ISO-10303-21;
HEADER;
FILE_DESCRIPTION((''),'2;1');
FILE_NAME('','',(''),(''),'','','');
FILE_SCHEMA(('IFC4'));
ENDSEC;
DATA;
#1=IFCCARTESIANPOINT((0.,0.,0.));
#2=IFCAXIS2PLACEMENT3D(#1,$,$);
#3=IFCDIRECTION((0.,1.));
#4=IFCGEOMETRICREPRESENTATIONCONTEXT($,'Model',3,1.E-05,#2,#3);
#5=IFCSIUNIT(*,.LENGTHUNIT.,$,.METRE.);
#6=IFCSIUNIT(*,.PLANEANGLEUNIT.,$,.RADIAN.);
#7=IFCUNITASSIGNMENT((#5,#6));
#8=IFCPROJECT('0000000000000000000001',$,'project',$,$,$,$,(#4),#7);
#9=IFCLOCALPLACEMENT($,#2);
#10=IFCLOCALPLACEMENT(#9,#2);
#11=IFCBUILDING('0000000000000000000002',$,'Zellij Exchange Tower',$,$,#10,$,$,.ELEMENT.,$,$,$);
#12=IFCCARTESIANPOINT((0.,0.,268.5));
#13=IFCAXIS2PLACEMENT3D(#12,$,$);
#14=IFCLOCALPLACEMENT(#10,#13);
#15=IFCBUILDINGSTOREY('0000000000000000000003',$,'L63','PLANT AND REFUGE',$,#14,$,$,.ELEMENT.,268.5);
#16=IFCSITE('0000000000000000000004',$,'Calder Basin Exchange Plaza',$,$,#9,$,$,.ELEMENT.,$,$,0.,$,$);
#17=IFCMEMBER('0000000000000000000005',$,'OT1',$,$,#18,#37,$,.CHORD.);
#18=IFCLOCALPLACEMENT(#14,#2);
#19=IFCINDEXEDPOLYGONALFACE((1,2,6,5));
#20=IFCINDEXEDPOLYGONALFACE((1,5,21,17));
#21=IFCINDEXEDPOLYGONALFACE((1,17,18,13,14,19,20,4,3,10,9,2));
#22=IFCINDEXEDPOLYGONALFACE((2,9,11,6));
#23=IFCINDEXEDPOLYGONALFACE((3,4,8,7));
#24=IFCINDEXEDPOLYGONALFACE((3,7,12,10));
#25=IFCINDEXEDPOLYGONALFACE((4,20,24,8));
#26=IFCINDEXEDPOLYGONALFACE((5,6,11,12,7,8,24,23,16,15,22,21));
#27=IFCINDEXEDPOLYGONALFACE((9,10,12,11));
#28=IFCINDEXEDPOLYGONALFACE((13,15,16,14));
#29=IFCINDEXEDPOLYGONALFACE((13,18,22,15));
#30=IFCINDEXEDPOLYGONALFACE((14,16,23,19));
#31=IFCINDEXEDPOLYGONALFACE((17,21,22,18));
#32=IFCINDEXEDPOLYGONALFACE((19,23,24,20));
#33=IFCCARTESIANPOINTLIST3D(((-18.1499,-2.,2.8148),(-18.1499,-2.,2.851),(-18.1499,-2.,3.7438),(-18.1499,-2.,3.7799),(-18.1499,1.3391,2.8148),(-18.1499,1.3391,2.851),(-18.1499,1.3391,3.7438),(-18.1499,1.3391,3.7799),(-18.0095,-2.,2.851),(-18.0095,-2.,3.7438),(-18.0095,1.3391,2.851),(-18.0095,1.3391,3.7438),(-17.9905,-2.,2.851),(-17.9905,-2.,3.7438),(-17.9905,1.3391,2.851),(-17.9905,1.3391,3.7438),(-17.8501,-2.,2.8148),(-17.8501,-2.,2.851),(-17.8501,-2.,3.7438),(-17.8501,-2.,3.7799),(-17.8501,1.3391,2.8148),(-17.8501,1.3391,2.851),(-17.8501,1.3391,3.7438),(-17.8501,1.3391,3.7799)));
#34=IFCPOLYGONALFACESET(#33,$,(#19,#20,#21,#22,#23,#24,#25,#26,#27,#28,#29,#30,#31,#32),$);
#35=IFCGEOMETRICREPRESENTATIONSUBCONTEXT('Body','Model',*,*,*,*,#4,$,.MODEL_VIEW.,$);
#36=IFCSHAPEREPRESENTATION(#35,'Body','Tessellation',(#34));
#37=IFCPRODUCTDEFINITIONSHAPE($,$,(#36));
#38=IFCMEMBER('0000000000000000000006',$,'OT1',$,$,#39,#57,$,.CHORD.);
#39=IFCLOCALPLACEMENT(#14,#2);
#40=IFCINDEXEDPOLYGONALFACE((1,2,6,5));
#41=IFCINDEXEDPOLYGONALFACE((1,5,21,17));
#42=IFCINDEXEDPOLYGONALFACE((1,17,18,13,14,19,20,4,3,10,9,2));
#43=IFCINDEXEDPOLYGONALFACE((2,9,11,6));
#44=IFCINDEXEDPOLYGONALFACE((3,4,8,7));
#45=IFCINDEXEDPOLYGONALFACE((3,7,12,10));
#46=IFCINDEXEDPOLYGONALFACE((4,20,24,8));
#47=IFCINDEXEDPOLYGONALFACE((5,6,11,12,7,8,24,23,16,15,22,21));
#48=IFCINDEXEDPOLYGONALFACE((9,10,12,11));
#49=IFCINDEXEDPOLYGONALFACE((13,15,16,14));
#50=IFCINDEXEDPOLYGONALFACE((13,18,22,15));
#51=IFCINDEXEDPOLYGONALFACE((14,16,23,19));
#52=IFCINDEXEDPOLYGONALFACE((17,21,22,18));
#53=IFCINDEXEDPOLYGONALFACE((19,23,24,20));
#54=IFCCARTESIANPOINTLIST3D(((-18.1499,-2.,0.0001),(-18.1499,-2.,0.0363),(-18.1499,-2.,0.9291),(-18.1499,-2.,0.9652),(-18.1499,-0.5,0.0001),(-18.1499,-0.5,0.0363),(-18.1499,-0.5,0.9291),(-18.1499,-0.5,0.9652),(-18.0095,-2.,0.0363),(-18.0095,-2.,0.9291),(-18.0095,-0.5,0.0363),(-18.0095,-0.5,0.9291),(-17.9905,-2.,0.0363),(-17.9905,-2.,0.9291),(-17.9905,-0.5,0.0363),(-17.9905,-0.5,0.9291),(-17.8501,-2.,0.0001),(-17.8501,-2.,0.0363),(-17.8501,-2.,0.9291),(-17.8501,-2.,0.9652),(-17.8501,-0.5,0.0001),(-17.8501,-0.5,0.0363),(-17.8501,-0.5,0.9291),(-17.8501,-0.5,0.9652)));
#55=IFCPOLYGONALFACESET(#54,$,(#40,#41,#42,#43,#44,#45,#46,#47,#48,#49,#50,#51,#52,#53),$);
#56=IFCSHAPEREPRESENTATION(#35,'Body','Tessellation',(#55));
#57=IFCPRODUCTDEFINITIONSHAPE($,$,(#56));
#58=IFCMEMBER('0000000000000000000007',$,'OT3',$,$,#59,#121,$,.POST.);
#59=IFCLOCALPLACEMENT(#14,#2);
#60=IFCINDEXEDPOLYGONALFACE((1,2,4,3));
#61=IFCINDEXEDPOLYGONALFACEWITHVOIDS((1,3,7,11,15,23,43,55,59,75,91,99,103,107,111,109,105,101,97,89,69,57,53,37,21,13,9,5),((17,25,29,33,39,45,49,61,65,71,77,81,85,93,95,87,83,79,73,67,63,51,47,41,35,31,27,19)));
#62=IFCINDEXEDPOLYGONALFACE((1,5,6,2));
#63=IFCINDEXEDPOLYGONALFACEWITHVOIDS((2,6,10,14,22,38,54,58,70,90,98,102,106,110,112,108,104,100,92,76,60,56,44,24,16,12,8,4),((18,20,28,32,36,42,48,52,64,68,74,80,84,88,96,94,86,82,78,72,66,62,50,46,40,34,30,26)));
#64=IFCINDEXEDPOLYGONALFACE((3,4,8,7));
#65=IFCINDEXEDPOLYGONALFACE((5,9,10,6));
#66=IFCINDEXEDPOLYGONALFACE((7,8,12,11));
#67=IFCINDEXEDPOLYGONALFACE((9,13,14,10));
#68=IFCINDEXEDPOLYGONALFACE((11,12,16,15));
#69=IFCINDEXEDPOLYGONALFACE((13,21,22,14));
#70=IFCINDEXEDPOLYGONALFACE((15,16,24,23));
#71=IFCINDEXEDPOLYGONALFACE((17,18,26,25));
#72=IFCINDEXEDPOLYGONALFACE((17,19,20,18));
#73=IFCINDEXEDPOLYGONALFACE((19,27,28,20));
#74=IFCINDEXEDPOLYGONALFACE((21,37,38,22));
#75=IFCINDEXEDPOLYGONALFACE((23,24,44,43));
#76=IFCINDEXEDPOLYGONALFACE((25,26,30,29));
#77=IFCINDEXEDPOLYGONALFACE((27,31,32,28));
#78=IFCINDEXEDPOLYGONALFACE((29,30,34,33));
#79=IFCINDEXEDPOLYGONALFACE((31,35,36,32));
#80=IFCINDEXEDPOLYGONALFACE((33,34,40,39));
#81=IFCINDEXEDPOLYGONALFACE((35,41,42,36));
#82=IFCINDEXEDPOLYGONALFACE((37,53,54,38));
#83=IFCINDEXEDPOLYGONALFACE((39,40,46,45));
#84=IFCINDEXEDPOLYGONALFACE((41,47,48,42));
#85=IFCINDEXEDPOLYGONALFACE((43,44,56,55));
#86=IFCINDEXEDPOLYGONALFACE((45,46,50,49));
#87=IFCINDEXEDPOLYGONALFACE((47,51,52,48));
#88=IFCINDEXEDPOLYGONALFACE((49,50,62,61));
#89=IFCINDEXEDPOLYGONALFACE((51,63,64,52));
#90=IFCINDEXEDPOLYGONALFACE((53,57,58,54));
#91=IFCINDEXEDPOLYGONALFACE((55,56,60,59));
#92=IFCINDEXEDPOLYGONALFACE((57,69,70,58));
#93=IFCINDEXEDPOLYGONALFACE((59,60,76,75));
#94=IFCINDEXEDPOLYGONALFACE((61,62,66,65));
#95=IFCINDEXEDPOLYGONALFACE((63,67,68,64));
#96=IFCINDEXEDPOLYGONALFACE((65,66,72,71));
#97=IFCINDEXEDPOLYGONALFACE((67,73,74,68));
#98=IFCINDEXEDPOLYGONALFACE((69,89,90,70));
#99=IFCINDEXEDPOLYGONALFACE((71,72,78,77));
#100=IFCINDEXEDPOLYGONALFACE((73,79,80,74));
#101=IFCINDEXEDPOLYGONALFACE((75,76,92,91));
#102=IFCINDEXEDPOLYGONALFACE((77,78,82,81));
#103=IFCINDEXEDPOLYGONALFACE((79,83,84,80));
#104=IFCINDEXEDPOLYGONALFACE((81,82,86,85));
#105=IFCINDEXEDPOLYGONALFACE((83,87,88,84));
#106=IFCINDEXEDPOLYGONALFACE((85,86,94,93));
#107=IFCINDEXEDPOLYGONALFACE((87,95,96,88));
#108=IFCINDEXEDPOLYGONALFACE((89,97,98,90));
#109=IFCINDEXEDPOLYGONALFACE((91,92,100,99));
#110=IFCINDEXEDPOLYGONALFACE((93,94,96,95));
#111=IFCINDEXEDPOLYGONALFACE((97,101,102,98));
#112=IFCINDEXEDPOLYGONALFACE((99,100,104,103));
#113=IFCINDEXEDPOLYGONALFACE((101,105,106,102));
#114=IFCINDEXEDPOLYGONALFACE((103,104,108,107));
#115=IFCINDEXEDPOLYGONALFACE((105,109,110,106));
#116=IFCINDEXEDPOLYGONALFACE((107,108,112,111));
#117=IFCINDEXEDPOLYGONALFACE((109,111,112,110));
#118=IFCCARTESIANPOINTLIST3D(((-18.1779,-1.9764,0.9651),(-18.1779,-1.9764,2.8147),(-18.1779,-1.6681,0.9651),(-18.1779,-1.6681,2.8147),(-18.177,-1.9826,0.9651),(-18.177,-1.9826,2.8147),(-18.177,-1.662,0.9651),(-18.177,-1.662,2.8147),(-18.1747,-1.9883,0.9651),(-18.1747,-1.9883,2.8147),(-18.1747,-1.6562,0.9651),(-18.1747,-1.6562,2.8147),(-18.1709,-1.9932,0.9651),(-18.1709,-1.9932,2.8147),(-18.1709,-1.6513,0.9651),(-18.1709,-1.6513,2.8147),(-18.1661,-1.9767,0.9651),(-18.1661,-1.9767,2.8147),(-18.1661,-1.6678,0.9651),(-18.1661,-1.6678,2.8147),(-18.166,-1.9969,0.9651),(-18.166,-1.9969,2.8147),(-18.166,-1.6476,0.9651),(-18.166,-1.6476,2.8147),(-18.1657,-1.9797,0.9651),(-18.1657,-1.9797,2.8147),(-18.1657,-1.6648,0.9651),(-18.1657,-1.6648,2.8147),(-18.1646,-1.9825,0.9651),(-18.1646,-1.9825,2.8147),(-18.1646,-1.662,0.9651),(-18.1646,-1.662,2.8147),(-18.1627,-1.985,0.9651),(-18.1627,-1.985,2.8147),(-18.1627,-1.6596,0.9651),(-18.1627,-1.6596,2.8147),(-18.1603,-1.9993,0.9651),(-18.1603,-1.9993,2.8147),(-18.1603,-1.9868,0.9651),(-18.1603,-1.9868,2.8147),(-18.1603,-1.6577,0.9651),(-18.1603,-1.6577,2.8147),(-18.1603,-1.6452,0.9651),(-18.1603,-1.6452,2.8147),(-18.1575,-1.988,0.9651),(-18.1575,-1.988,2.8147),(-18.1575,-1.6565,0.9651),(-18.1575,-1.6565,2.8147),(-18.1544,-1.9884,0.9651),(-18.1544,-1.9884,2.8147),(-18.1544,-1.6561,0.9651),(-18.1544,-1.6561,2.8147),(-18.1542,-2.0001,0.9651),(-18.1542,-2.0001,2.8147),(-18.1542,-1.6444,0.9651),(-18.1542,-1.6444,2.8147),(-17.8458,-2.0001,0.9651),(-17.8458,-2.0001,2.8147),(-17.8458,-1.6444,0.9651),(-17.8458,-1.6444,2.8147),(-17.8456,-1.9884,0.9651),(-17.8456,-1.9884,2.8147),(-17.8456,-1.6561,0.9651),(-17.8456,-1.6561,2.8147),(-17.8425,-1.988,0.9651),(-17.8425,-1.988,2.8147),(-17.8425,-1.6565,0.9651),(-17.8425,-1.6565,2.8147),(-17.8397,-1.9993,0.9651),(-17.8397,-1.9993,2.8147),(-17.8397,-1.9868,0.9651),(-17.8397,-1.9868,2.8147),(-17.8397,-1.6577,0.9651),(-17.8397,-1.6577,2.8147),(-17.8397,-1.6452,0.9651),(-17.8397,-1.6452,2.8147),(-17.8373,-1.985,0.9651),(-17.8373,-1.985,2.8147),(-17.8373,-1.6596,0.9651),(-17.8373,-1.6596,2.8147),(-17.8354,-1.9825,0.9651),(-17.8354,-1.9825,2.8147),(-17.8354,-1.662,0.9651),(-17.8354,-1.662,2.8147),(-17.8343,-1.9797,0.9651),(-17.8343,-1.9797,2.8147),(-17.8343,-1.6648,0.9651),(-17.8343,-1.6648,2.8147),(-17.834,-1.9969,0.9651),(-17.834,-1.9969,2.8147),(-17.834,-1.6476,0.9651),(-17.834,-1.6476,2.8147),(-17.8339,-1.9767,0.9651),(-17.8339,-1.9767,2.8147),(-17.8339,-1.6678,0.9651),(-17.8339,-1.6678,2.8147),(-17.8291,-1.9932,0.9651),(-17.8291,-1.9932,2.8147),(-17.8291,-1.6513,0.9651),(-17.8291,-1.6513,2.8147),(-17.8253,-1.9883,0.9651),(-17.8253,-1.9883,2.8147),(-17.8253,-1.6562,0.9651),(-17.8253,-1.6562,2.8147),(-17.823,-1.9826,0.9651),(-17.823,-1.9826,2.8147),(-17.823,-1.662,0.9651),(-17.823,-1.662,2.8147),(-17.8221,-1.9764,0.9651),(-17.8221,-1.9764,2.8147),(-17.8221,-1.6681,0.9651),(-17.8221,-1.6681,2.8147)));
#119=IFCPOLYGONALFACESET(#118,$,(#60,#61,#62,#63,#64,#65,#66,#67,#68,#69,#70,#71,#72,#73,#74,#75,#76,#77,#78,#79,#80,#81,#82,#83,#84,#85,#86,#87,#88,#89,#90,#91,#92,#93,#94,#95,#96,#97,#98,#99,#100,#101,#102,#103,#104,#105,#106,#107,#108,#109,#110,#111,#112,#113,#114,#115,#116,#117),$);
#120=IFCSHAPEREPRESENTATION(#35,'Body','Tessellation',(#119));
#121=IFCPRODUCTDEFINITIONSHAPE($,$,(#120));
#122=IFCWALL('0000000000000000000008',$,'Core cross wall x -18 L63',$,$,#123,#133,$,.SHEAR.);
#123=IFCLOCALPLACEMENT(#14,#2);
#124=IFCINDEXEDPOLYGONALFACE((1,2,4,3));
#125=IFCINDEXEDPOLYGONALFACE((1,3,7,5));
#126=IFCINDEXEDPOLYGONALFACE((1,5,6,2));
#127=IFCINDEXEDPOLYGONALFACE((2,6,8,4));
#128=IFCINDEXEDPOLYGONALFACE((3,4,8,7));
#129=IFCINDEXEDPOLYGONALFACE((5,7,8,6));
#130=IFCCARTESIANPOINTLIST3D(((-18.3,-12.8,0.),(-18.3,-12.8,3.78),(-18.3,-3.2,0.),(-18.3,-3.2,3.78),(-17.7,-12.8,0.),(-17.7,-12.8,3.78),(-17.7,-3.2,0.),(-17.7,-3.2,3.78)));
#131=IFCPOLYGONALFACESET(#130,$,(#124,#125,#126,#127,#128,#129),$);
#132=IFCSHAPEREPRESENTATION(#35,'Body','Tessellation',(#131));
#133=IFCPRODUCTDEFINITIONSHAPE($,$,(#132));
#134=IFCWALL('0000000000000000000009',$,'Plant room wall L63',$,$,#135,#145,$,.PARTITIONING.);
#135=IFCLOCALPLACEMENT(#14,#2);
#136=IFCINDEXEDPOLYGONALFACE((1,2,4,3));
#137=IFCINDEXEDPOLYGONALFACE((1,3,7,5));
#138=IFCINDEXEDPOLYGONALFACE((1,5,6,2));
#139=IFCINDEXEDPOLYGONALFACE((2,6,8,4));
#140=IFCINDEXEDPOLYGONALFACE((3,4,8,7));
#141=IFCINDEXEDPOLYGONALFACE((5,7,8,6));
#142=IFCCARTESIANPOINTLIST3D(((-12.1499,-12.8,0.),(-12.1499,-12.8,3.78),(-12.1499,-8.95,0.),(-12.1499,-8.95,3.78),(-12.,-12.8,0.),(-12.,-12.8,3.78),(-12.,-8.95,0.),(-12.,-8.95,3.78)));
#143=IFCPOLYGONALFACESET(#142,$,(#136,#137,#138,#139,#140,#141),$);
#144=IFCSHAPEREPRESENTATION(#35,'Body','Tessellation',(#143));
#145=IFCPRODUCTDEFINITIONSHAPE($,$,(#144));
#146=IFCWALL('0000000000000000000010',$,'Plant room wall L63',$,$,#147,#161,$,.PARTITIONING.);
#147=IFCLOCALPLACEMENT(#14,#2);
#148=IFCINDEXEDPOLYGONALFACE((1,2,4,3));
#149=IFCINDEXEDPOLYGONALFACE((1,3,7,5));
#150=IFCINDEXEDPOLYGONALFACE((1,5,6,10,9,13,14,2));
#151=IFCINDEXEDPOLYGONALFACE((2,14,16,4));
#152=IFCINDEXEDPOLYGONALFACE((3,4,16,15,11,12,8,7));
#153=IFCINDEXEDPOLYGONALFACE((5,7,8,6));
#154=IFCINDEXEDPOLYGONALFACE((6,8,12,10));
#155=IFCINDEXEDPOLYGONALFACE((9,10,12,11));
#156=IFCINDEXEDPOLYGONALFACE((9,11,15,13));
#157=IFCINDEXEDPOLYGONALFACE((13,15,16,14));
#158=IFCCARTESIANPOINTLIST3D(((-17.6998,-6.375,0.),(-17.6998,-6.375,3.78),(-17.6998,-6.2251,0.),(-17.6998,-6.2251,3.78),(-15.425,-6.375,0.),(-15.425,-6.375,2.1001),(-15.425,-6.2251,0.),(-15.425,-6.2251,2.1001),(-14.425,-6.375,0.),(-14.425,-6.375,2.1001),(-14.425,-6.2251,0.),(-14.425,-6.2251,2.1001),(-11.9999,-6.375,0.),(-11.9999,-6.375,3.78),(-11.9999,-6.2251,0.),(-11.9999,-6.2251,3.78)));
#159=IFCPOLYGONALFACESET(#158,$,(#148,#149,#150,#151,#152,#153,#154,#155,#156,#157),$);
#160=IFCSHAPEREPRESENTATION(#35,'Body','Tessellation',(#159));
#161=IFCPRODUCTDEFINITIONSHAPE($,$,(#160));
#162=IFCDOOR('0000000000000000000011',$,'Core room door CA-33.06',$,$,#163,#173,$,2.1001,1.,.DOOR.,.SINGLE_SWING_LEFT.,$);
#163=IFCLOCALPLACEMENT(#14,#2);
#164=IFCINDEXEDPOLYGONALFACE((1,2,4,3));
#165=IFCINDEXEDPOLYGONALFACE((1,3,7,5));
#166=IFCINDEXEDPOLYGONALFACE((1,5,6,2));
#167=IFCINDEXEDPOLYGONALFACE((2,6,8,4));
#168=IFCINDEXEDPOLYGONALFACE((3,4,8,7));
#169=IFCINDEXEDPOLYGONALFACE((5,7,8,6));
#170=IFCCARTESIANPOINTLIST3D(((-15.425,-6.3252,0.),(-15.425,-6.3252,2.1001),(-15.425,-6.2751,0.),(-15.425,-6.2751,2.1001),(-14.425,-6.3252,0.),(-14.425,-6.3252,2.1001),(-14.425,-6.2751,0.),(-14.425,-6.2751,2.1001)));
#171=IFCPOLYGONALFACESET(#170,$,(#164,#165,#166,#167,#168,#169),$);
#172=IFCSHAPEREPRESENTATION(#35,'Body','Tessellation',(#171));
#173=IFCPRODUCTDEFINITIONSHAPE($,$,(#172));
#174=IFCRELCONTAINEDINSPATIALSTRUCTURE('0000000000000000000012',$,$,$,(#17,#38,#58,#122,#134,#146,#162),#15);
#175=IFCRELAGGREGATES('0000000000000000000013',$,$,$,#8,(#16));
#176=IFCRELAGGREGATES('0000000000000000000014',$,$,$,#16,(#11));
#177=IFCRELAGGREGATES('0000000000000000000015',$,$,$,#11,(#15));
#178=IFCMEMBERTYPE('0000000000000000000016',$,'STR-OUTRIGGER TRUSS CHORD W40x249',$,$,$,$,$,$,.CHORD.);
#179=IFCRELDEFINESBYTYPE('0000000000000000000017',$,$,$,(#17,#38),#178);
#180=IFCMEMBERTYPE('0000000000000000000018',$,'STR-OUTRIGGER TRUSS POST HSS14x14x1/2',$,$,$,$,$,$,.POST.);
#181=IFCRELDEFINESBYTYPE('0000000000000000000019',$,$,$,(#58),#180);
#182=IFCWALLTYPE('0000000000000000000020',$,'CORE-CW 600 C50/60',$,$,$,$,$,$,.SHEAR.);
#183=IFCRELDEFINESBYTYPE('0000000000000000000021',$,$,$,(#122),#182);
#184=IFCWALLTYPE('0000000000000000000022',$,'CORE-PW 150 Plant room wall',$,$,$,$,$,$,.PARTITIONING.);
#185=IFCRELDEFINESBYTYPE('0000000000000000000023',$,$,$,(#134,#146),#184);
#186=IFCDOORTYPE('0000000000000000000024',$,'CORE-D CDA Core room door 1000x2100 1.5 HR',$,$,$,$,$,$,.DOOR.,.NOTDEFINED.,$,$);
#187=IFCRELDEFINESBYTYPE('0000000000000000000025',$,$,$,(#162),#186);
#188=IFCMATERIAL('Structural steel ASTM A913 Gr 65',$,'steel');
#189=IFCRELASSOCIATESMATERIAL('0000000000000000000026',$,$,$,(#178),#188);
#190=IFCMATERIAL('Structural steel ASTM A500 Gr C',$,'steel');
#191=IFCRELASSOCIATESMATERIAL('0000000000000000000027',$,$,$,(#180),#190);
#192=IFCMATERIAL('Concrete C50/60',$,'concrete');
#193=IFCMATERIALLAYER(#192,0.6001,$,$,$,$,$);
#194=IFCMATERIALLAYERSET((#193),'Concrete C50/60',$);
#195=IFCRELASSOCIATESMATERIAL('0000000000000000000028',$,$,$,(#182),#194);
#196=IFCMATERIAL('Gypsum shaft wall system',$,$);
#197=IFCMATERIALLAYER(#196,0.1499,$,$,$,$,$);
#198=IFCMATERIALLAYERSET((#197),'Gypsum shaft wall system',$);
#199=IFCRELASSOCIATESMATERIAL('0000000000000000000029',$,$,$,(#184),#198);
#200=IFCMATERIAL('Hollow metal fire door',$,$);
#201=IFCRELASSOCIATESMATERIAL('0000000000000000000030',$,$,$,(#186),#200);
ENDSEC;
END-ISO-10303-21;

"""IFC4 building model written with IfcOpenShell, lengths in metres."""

from ifc_helpers import new_model, si_unit, direction, frame, frame_2d, origin, origin_2d, place, context, subcontext, project, spatial, rectangle, hollow_rectangle, i_section, extrude, material, layer, layer_set, material_profile, profile_set, type_object, element, fill, save


model = new_model("IFC4")

# Units and contexts
model_context = context("Model", 3, precision=1e-05, world=origin(), true_north=direction((0.0, 1.0)))
body_context = subcontext(model_context, "Body", "Model", "MODEL_VIEW")
ifc_project = project(units=[si_unit("LENGTHUNIT", "METRE"), si_unit("PLANEANGLEUNIT", "RADIAN")], contexts=[model_context])

# Site, building, storey
site_placement = place(None, origin())
site = spatial("IfcSite", under=ifc_project, at=site_placement, Name="Calder Basin Exchange Plaza", CompositionType="ELEMENT", RefElevation=0.0)
building_placement = place(site_placement, origin())
building = spatial("IfcBuilding", under=site, at=building_placement, Name="Zellij Exchange Tower", CompositionType="ELEMENT")
storey_placement = place(building_placement, frame((0.0, 0.0, 268.5)))
storey = spatial("IfcBuildingStorey", under=building, at=storey_placement, Name="L63", Description="PLANT AND REFUGE", CompositionType="ELEMENT", Elevation=268.5)

# Members
ifc_material_1 = material(Name="Structural steel ASTM A913 Gr 65", Category="steel")
ifc_material_profile_1 = material_profile(ifc_material_1, i_section(OverallWidth=0.2998, OverallDepth=0.9651, WebThickness=0.019, FlangeThickness=0.0361, at=origin_2d()), Name="W40x249")
ifc_profile_set_1 = profile_set([ifc_material_profile_1], Name="Structural steel ASTM A913 Gr 65")
member_type_1 = type_object("IfcMemberType", Name="STR-OUTRIGGER TRUSS CHORD W40x249", PredefinedType="CHORD", material=ifc_profile_set_1)
member_1_placement = place(storey_placement, frame((-18.0, -2.0, 3.2974), z_axis=(0.0, 1.0, 0.0), x_axis=(-1.0, 0.0, 0.0)))
element("IfcMember", 1, at=member_1_placement, inside=storey, type_object=member_type_1, Name="OT1", PredefinedType="CHORD", context=body_context, shape_type="SweptSolid", body=[
    extrude(i_section(OverallWidth=0.2998, OverallDepth=0.9651, WebThickness=0.019, FlangeThickness=0.0361, at=origin_2d()), origin(), (0.0, 0.0, 1.0), 3.3391),
])
member_2_placement = place(storey_placement, frame((-18.0, -2.0, 0.4827), z_axis=(0.0, 1.0, 0.0), x_axis=(-1.0, 0.0, 0.0)))
element("IfcMember", 2, at=member_2_placement, inside=storey, type_object=member_type_1, Name="OT1", PredefinedType="CHORD", context=body_context, shape_type="SweptSolid", body=[
    extrude(i_section(OverallWidth=0.2998, OverallDepth=0.9651, WebThickness=0.019, FlangeThickness=0.0361, at=origin_2d()), origin(), (0.0, 0.0, 1.0), 1.5),
])
ifc_material_2 = material(Name="Structural steel ASTM A500 Gr C", Category="steel")
ifc_material_profile_2 = material_profile(ifc_material_2, hollow_rectangle(XDim=0.3557, YDim=0.3557, WallThickness=0.0117, InnerFilletRadius=0.0117, OuterFilletRadius=0.0237, at=origin_2d()), Name="STR-OUTRIGGER TRUSS POST HSS14x14x1/2")
ifc_profile_set_2 = profile_set([ifc_material_profile_2], Name="Structural steel ASTM A500 Gr C")
member_type_2 = type_object("IfcMemberType", Name="STR-OUTRIGGER TRUSS POST HSS14x14x1/2", PredefinedType="POST", material=ifc_profile_set_2)
member_3_placement = place(storey_placement, frame((-18.0, -1.8223, 0.9651), z_axis=(0.0, 0.0, 1.0), x_axis=(1.0, 0.0, 0.0)))
element("IfcMember", 3, at=member_3_placement, inside=storey, type_object=member_type_2, Name="OT3", PredefinedType="POST", context=body_context, shape_type="SweptSolid", body=[
    extrude(hollow_rectangle(XDim=0.3557, YDim=0.3557, WallThickness=0.0117, InnerFilletRadius=0.0117, OuterFilletRadius=0.0237, at=origin_2d()), origin(), (0.0, 0.0, 1.0), 1.8496),
])

# Walls
ifc_material_3 = material(Name="Concrete C50/60", Category="concrete")
ifc_layer_1 = layer(ifc_material_3, 0.6001)
ifc_layer_set_1 = layer_set([ifc_layer_1], Name="Concrete C50/60")
wall_type_1 = type_object("IfcWallType", Name="CORE-CW 600 C50/60", PredefinedType="SHEAR", material=ifc_layer_set_1)
wall_1_placement = place(storey_placement, frame((-18.0, -12.8, 0.0), z_axis=(0.0, 0.0, 1.0), x_axis=(0.0, 1.0, 0.0)))
element("IfcWall", 4, at=wall_1_placement, inside=storey, type_object=wall_type_1, Name="Core cross wall x -18 L63", PredefinedType="SHEAR", context=body_context, shape_type="SweptSolid", body=[
    extrude(rectangle(XDim=9.6001, YDim=0.6001, at=frame_2d((4.8, 0.0))), origin(), (0.0, 0.0, 1.0), 3.78),
])
ifc_material_4 = material(Name="Gypsum shaft wall system")
ifc_layer_2 = layer(ifc_material_4, 0.1499)
ifc_layer_set_2 = layer_set([ifc_layer_2], Name="Gypsum shaft wall system")
wall_type_2 = type_object("IfcWallType", Name="CORE-PW 150 Plant room wall", PredefinedType="PARTITIONING", material=ifc_layer_set_2)
wall_2_placement = place(storey_placement, frame((-12.075, -12.8, 0.0), z_axis=(0.0, 0.0, 1.0), x_axis=(0.0, 1.0, 0.0)))
element("IfcWall", 5, at=wall_2_placement, inside=storey, type_object=wall_type_2, Name="Plant room wall L63", PredefinedType="PARTITIONING", context=body_context, shape_type="SweptSolid", body=[
    extrude(rectangle(XDim=3.8501, YDim=0.1499, at=frame_2d((1.925, 0.0))), origin(), (0.0, 0.0, 1.0), 3.78),
])

# Wall, opening, door
wall_3_placement = place(storey_placement, frame((-17.7, -6.3, 0.0), z_axis=(0.0, 0.0, 1.0), x_axis=(1.0, 0.0, 0.0)))
wall_3 = element("IfcWall", 6, at=wall_3_placement, inside=storey, type_object=wall_type_2, Name="Plant room wall L63", PredefinedType="PARTITIONING", context=body_context, shape_type="SweptSolid", body=[
    extrude(rectangle(XDim=5.7, YDim=0.1499, at=frame_2d((2.8501, 0.0))), origin(), (0.0, 0.0, 1.0), 3.78),
])
opening_1_placement = place(wall_3_placement, frame((2.2749, 0.0, 0.0)))
opening_1 = element("IfcOpeningElement", 7, at=opening_1_placement, cuts=wall_3, PredefinedType="OPENING", context=body_context, shape_type="SweptSolid", body=[
    extrude(rectangle(XDim=1.0, YDim=2.1001, at=frame_2d((0.5, 1.05))), frame((0.0, 0.0869, 0.0), z_axis=(0.0, -1.0, 0.0), x_axis=(1.0, 0.0, 0.0)), (0.0, 0.0, 1.0), 0.1738),
])
ifc_material_5 = material(Name="Hollow metal fire door")
door_type_1 = type_object("IfcDoorType", Name="CORE-D CDA Core room door 1000x2100 1.5 HR", OperationType="NOTDEFINED", PredefinedType="DOOR", material=ifc_material_5)
door_1_placement = place(opening_1_placement, origin())
door_1 = element("IfcDoor", 8, at=door_1_placement, inside=storey, type_object=door_type_1, Name="Core room door CA-33.06", OperationType="SINGLE_SWING_LEFT", OverallHeight=2.1001, OverallWidth=1.0, PredefinedType="DOOR", context=body_context, shape_type="SweptSolid", body=[
    extrude(rectangle(XDim=1.0, YDim=2.1001, at=frame_2d((0.5, 1.05))), frame((0.0, 0.0249, 0.0), z_axis=(0.0, -1.0, 0.0), x_axis=(1.0, 0.0, 0.0)), (0.0, 0.0, 1.0), 0.05),
])
fill(opening_1, door_1)

save(model, "model.ifc")
